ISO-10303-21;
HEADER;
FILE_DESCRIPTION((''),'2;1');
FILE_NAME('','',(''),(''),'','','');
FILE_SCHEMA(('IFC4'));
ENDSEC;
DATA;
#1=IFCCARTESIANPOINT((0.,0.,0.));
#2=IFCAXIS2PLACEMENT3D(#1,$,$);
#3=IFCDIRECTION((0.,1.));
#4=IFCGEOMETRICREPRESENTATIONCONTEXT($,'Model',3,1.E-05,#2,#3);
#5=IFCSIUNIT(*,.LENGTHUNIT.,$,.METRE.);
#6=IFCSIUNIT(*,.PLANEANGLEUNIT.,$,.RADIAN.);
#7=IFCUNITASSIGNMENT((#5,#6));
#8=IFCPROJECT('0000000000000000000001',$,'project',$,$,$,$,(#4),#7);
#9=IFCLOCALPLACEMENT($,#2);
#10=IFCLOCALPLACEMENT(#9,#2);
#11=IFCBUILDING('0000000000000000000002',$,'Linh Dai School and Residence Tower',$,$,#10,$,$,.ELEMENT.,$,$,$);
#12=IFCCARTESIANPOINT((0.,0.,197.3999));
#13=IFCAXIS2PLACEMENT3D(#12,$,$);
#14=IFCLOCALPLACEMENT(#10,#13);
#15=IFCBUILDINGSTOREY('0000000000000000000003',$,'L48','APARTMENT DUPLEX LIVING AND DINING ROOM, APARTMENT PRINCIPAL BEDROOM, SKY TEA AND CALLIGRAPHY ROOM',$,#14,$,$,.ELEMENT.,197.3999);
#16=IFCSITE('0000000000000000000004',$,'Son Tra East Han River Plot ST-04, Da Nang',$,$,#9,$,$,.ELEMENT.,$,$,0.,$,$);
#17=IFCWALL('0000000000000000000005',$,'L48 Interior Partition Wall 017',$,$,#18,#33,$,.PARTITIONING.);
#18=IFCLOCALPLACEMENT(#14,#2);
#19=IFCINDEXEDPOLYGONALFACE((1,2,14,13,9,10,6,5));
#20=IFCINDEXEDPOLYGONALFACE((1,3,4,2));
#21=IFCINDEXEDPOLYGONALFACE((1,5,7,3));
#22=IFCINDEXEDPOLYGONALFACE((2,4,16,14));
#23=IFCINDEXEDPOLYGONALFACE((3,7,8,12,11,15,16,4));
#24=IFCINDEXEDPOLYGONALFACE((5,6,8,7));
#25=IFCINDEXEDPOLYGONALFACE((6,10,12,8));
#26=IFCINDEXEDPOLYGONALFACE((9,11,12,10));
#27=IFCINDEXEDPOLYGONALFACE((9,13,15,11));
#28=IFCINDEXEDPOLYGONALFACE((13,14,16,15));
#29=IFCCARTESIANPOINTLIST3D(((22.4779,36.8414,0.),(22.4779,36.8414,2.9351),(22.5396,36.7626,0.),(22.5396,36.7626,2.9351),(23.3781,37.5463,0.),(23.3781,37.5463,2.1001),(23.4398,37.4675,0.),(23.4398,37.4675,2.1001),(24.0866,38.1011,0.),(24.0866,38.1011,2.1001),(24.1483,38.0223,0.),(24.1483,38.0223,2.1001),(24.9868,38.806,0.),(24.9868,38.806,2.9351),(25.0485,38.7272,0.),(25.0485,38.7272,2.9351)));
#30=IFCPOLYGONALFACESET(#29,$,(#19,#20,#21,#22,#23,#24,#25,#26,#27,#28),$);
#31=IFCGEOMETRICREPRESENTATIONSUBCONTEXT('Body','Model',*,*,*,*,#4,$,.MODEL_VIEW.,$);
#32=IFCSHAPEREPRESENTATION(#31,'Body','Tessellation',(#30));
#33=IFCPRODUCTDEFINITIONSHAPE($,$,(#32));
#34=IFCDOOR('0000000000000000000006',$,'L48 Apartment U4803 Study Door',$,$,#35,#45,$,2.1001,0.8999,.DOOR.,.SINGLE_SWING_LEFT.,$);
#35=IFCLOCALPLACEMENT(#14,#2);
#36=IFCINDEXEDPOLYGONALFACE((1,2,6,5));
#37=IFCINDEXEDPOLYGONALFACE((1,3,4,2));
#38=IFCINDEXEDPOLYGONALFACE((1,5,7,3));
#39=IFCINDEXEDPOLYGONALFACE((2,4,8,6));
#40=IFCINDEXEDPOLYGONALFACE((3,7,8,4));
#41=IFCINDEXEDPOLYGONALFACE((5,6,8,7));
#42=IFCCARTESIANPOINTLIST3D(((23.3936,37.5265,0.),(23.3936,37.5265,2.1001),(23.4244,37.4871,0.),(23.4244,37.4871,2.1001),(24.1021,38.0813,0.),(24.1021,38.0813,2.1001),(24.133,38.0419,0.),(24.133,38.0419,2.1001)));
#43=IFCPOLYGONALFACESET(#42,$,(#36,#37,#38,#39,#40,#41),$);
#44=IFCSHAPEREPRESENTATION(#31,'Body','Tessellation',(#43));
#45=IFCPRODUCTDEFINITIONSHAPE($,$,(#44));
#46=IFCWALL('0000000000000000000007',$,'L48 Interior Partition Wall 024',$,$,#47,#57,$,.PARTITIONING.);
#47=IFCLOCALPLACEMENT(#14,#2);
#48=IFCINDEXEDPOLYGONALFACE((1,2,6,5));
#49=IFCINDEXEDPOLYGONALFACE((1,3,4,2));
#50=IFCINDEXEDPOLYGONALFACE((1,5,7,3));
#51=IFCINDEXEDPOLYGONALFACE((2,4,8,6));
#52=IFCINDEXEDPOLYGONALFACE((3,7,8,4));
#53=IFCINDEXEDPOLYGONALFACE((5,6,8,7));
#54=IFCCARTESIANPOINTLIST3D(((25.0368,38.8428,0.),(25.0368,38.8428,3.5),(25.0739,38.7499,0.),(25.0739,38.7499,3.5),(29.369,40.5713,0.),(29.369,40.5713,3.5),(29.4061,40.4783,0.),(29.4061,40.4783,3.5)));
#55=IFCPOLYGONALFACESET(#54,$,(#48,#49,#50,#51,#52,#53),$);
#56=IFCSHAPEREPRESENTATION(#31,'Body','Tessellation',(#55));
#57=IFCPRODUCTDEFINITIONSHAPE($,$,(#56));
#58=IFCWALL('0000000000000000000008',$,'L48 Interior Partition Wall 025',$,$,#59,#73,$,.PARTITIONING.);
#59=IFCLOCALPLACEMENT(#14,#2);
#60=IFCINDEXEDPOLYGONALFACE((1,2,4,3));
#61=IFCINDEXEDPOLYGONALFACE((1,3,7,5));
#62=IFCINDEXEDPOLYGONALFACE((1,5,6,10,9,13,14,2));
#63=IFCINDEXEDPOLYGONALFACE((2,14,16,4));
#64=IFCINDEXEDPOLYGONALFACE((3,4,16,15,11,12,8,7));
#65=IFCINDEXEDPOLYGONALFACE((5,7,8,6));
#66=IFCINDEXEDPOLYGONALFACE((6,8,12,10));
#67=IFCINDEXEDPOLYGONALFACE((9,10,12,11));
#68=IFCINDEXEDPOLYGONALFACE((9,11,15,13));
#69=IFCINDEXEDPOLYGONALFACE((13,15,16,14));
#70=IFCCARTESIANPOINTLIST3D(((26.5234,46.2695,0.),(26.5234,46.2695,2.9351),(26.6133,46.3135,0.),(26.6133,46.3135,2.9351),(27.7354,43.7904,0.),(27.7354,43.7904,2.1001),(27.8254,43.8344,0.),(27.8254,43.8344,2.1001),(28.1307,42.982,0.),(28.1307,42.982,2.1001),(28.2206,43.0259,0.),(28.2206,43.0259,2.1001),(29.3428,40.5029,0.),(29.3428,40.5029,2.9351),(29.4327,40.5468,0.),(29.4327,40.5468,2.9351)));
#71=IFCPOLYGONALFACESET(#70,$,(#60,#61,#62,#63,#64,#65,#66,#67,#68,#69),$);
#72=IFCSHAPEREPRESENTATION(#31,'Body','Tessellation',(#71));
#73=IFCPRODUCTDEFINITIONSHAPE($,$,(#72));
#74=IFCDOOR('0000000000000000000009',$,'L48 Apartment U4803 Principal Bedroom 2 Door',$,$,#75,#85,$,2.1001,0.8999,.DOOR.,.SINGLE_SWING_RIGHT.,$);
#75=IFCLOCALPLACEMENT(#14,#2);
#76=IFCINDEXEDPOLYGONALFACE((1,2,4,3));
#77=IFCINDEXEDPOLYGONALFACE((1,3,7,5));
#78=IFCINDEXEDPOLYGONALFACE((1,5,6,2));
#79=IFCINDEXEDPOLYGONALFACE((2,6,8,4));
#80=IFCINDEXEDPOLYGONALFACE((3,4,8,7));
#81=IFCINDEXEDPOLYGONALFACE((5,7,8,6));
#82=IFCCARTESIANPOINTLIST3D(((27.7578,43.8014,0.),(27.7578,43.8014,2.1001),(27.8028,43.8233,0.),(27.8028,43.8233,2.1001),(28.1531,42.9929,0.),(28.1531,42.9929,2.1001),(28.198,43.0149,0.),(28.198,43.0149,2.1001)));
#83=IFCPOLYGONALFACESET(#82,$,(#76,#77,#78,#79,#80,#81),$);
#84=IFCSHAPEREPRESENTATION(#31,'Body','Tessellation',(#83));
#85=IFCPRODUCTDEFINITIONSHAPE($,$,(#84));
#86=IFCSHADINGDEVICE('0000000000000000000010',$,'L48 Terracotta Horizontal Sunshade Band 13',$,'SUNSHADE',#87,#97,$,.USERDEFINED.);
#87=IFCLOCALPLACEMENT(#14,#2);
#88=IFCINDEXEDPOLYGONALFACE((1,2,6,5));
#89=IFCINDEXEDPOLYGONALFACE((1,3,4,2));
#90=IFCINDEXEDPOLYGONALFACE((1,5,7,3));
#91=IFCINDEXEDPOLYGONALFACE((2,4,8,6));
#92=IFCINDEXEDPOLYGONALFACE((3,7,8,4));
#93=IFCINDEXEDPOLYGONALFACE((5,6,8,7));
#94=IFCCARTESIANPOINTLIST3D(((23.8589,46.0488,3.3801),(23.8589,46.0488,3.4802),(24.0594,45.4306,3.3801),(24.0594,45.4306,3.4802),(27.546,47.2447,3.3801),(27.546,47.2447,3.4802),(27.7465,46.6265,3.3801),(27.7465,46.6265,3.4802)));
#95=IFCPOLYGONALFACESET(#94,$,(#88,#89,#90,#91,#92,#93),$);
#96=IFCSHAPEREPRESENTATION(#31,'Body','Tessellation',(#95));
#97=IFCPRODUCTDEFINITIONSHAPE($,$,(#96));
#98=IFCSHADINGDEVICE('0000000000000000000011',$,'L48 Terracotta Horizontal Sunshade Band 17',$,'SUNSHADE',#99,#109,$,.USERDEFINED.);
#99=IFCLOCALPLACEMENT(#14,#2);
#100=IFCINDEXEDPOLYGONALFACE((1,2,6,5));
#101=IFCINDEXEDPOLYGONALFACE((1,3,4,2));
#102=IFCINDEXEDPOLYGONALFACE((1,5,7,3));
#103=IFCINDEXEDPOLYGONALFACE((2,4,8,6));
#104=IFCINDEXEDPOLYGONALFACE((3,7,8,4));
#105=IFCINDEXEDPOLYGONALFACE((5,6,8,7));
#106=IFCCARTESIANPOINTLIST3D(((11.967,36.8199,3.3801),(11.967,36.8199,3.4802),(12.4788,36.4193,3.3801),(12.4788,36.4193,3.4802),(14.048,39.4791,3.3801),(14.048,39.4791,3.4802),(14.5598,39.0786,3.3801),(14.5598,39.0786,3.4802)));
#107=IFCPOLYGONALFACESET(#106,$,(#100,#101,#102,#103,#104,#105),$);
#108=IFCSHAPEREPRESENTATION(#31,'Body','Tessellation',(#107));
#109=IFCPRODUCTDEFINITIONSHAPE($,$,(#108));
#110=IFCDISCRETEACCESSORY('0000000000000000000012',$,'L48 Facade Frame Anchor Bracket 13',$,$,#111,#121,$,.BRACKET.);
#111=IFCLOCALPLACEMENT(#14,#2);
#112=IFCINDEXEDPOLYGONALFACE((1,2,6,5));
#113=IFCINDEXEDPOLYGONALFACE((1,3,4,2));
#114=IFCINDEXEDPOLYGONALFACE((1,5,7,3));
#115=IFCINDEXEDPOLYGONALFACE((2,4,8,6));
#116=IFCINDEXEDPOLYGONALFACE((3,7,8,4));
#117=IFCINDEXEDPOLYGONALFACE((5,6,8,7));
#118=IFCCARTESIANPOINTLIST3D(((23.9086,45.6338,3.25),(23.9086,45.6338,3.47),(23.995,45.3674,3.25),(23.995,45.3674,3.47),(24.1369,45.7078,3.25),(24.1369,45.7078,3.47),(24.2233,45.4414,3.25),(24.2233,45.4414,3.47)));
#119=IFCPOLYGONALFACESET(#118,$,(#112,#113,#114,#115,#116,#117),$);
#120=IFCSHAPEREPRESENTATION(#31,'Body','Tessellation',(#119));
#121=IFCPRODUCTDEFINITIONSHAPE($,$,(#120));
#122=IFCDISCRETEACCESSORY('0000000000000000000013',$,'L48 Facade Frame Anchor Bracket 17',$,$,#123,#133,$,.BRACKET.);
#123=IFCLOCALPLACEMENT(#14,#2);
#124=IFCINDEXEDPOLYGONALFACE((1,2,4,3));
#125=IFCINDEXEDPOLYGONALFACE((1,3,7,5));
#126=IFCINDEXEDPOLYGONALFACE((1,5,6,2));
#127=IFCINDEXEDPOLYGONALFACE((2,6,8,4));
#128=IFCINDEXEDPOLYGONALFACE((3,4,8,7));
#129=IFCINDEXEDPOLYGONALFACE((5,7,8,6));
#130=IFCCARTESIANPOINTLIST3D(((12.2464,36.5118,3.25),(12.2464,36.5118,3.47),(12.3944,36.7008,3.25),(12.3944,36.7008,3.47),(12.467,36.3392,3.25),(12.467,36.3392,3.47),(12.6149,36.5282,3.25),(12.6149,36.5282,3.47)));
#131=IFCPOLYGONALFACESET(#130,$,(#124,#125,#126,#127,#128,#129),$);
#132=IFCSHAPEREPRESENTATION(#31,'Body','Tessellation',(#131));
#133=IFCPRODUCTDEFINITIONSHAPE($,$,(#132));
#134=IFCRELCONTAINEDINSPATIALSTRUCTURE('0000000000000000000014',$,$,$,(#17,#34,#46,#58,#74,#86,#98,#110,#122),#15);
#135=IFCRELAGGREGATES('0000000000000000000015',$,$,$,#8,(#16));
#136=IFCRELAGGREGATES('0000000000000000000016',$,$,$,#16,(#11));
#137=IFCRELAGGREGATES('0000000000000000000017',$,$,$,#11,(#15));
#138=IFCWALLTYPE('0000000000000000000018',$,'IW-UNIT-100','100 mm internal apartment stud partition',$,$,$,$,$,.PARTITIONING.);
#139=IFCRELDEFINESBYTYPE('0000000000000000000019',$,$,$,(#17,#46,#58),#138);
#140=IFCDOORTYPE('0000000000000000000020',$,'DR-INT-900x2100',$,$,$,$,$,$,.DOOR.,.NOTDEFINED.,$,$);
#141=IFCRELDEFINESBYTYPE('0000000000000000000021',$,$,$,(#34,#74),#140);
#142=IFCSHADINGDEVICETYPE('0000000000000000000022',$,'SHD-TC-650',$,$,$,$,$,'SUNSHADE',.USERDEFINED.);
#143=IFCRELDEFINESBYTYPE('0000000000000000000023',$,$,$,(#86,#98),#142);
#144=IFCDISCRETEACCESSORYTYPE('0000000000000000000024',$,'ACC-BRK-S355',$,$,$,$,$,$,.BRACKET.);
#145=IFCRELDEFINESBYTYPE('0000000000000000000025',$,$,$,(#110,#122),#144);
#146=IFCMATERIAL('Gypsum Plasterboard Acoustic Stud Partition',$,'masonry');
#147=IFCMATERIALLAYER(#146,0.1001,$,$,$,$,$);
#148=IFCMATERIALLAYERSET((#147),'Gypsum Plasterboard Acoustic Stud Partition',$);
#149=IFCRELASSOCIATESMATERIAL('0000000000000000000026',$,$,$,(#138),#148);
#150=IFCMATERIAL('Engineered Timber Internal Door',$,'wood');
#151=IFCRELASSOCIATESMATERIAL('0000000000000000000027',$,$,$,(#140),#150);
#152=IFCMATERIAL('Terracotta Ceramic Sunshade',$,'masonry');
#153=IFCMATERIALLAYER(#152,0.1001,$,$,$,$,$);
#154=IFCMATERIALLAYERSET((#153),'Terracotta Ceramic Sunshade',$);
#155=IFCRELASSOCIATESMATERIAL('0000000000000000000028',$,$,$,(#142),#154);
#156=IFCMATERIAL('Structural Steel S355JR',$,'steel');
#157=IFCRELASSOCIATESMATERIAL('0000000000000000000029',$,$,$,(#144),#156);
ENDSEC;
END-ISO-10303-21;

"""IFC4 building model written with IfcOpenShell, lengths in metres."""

from ifc_helpers import new_model, si_unit, direction, frame, frame_2d, origin, origin_2d, place, context, subcontext, project, spatial, rectangle, extrude, source, transform, mapped, material, layer, layer_set, type_object, element, fill, save


model = new_model("IFC4")

# Units and contexts
model_context = context("Model", 3, precision=1e-05, world=origin(), true_north=direction((0.0, 1.0)))
body_context = subcontext(model_context, "Body", "Model", "MODEL_VIEW")
ifc_project = project(units=[si_unit("LENGTHUNIT", "METRE"), si_unit("PLANEANGLEUNIT", "RADIAN")], contexts=[model_context])

# Site, building, storey
site_placement = place(None, origin())
site = spatial("IfcSite", under=ifc_project, at=site_placement, Name="Son Tra East Han River Plot ST-04, Da Nang", CompositionType="ELEMENT", RefElevation=0.0)
building_placement = place(site_placement, origin())
building = spatial("IfcBuilding", under=site, at=building_placement, Name="Linh Dai School and Residence Tower", CompositionType="ELEMENT")
storey_placement = place(building_placement, frame((0.0, 0.0, 197.3999)))
storey = spatial("IfcBuildingStorey", under=building, at=storey_placement, Name="L48", Description="APARTMENT DUPLEX LIVING AND DINING ROOM, APARTMENT PRINCIPAL BEDROOM, SKY TEA AND CALLIGRAPHY ROOM", CompositionType="ELEMENT", Elevation=197.3999)

# Shared definitions
ifc_material_1 = material(Name="Structural Steel S355JR", Category="steel")

# Shared definitions
ifc_material_2 = material(Name="Gypsum Plasterboard Acoustic Stud Partition", Category="masonry")
ifc_layer_1 = layer(ifc_material_2, 0.1001)
ifc_layer_set_1 = layer_set([ifc_layer_1], Name="Gypsum Plasterboard Acoustic Stud Partition")
wall_type_1 = type_object("IfcWallType", Name="IW-UNIT-100", Description="100 mm internal apartment stud partition", PredefinedType="PARTITIONING", material=ifc_layer_set_1)

# Wall, opening, door
wall_1_placement = place(storey_placement, frame((22.5088, 36.802, 0.0), z_axis=(0.0, 0.0, 1.0), x_axis=(0.787322, 0.616542, 0.0)))
wall_1 = element("IfcWall", 1, at=wall_1_placement, inside=storey, type_object=wall_type_1, Name="L48 Interior Partition Wall 017", PredefinedType="PARTITIONING", context=body_context, shape_type="SweptSolid", body=[
    extrude(rectangle(XDim=3.1865, YDim=0.1001, at=frame_2d((1.5933, 0.0))), origin(), (0.0, 0.0, 1.0), 2.9351),
])
opening_1_placement = place(wall_1_placement, frame((1.1433, 0.0, 0.0)))
opening_1 = element("IfcOpeningElement", 2, at=opening_1_placement, cuts=wall_1, PredefinedType="OPENING", context=body_context, shape_type="SweptSolid", body=[
    extrude(rectangle(XDim=0.8999, YDim=2.1001, at=origin_2d()), frame((0.45, 0.0601, 1.05), z_axis=(0.0, -1.0, 0.0), x_axis=(1.0, 0.0, 0.0)), (0.0, 0.0, 1.0), 0.1201),
])
ifc_material_3 = material(Name="Engineered Timber Internal Door", Category="wood")
door_type_1 = type_object("IfcDoorType", Name="DR-INT-900x2100", OperationType="NOTDEFINED", PredefinedType="DOOR", material=ifc_material_3)
shared_shape_1 = source(origin(), body_context, "Body", "SweptSolid", [
    extrude(rectangle(XDim=0.8999, YDim=2.1001, at=origin_2d()), frame((0.45, 0.0249, 1.05), z_axis=(0.0, -1.0, 0.0), x_axis=(1.0, 0.0, 0.0)), (0.0, 0.0, 1.0), 0.05),
])
door_1_placement = place(opening_1_placement, origin())
door_1 = element("IfcDoor", 3, at=door_1_placement, inside=storey, type_object=door_type_1, Name="L48 Apartment U4803 Study Door", OperationType="SINGLE_SWING_LEFT", OverallHeight=2.1001, OverallWidth=0.8999, PredefinedType="DOOR", context=body_context, shape_type="MappedRepresentation", body=[
    mapped(shared_shape_1, transform((0.0, 0.0, 0.0), x_axis=(1.0, 0.0, 0.0), y_axis=(0.0, 1.0, 0.0), z_axis=(0.0, 0.0, 1.0), scale=1.0)),
])
fill(opening_1, door_1)

# Wall
wall_2_placement = place(storey_placement, frame((25.0554, 38.7964, 0.0), z_axis=(0.0, 0.0, 1.0), x_axis=(0.928801, 0.370578, 0.0)))
element("IfcWall", 4, at=wall_2_placement, inside=storey, type_object=wall_type_1, Name="L48 Interior Partition Wall 024", PredefinedType="PARTITIONING", context=body_context, shape_type="SweptSolid", body=[
    extrude(rectangle(XDim=4.6643, YDim=0.1001, at=frame_2d((2.332, 0.0))), origin(), (0.0, 0.0, 1.0), 3.5),
])

# Wall, opening, door
wall_3_placement = place(storey_placement, frame((26.5684, 46.2915, 0.0), z_axis=(0.0, 0.0, 1.0), x_axis=(0.439224, -0.898378, 0.0)))
wall_3 = element("IfcWall", 5, at=wall_3_placement, inside=storey, type_object=wall_type_1, Name="L48 Interior Partition Wall 025", PredefinedType="PARTITIONING", context=body_context, shape_type="SweptSolid", body=[
    extrude(rectangle(XDim=6.4189, YDim=0.1001, at=frame_2d((3.2095, 0.0))), origin(), (0.0, 0.0, 1.0), 2.9351),
])
opening_2_placement = place(wall_3_placement, frame((2.7595, 0.0, 0.0)))
opening_2 = element("IfcOpeningElement", 6, at=opening_2_placement, cuts=wall_3, PredefinedType="OPENING", context=body_context, shape_type="SweptSolid", body=[
    extrude(rectangle(XDim=0.8999, YDim=2.1001, at=origin_2d()), frame((0.45, 0.0601, 1.05), z_axis=(0.0, -1.0, 0.0), x_axis=(1.0, 0.0, 0.0)), (0.0, 0.0, 1.0), 0.1201),
])
door_2_placement = place(opening_2_placement, origin())
door_2 = element("IfcDoor", 7, at=door_2_placement, inside=storey, type_object=door_type_1, Name="L48 Apartment U4803 Principal Bedroom 2 Door", OperationType="SINGLE_SWING_RIGHT", OverallHeight=2.1001, OverallWidth=0.8999, PredefinedType="DOOR", context=body_context, shape_type="MappedRepresentation", body=[
    mapped(shared_shape_1, transform((0.0, 0.0, 0.0), x_axis=(1.0, 0.0, 0.0), y_axis=(0.0, 1.0, 0.0), z_axis=(0.0, 0.0, 1.0), scale=1.0)),
])
fill(opening_2, door_2)

# Shading devices
ifc_material_4 = material(Name="Terracotta Ceramic Sunshade", Category="masonry")
ifc_layer_2 = layer(ifc_material_4, 0.1001)
ifc_layer_set_2 = layer_set([ifc_layer_2], Name="Terracotta Ceramic Sunshade")
shading_device_type = type_object("IfcShadingDeviceType", Name="SHD-TC-650", ElementType="SUNSHADE", PredefinedType="USERDEFINED", material=ifc_layer_set_2)
shared_shape_2 = source(origin(), body_context, "Body", "SweptSolid", [
    extrude(rectangle(XDim=3.8762, YDim=0.6499, at=origin_2d()), origin(), (0.0, 0.0, 1.0), 0.1001),
])
shading_device_1_placement = place(storey_placement, frame((25.8027, 46.3376, 3.3801), z_axis=(0.0, 0.0, 1.0), x_axis=(0.951213, 0.308536, 0.0)))
element("IfcShadingDevice", 8, at=shading_device_1_placement, inside=storey, type_object=shading_device_type, Name="L48 Terracotta Horizontal Sunshade Band 13", ObjectType="SUNSHADE", PredefinedType="USERDEFINED", context=body_context, shape_type="MappedRepresentation", body=[
    mapped(shared_shape_2, transform((0.0, 0.0, 0.0), x_axis=(1.0, 0.0, 0.0), y_axis=(0.0, 1.0, 0.0), z_axis=(0.0, 0.0, 1.0), scale=1.0)),
])
shared_shape_3 = source(origin(), body_context, "Body", "SweptSolid", [
    extrude(rectangle(XDim=3.3767, YDim=0.6499, at=origin_2d()), origin(), (0.0, 0.0, 1.0), 0.1001),
])
shading_device_2_placement = place(storey_placement, frame((13.2634, 37.9492, 3.3801), z_axis=(0.0, 0.0, 1.0), x_axis=(0.616286, 0.787522, 0.0)))
element("IfcShadingDevice", 9, at=shading_device_2_placement, inside=storey, type_object=shading_device_type, Name="L48 Terracotta Horizontal Sunshade Band 17", ObjectType="SUNSHADE", PredefinedType="USERDEFINED", context=body_context, shape_type="MappedRepresentation", body=[
    mapped(shared_shape_3, transform((0.0, 0.0, 0.0), x_axis=(1.0, 0.0, 0.0), y_axis=(0.0, 1.0, 0.0), z_axis=(0.0, 0.0, 1.0), scale=1.0)),
])

# Discrete accessories
discrete_accessory_type = type_object("IfcDiscreteAccessoryType", Name="ACC-BRK-S355", PredefinedType="BRACKET", material=ifc_material_1)
shared_shape_4 = source(origin(), body_context, "Body", "SweptSolid", [
    extrude(rectangle(XDim=0.28, YDim=0.24, at=origin_2d()), origin(), (0.0, 0.0, 1.0), 0.22),
])
for number, where, z_axis, x_axis, name in (
    (10, (24.0659, 45.5376, 3.25), (0.0, 0.0, 1.0), (-0.308536, 0.951213, 0.0), "L48 Facade Frame Anchor Bracket 13"),
    (11, (12.4307, 36.52, 3.25), (0.0, 0.0, 1.0), (-0.787522, 0.616286, 0.0), "L48 Facade Frame Anchor Bracket 17"),
):
    element("IfcDiscreteAccessory", number, at=place(storey_placement, frame(where, z_axis=z_axis, x_axis=x_axis)), inside=storey, type_object=discrete_accessory_type, Name=name, PredefinedType="BRACKET", context=body_context, shape_type="MappedRepresentation", body=[
        mapped(shared_shape_4, transform((0.0, 0.0, 0.0), x_axis=(1.0, 0.0, 0.0), y_axis=(0.0, 1.0, 0.0), z_axis=(0.0, 0.0, 1.0), scale=1.0)),
    ])

save(model, "model.ifc")
